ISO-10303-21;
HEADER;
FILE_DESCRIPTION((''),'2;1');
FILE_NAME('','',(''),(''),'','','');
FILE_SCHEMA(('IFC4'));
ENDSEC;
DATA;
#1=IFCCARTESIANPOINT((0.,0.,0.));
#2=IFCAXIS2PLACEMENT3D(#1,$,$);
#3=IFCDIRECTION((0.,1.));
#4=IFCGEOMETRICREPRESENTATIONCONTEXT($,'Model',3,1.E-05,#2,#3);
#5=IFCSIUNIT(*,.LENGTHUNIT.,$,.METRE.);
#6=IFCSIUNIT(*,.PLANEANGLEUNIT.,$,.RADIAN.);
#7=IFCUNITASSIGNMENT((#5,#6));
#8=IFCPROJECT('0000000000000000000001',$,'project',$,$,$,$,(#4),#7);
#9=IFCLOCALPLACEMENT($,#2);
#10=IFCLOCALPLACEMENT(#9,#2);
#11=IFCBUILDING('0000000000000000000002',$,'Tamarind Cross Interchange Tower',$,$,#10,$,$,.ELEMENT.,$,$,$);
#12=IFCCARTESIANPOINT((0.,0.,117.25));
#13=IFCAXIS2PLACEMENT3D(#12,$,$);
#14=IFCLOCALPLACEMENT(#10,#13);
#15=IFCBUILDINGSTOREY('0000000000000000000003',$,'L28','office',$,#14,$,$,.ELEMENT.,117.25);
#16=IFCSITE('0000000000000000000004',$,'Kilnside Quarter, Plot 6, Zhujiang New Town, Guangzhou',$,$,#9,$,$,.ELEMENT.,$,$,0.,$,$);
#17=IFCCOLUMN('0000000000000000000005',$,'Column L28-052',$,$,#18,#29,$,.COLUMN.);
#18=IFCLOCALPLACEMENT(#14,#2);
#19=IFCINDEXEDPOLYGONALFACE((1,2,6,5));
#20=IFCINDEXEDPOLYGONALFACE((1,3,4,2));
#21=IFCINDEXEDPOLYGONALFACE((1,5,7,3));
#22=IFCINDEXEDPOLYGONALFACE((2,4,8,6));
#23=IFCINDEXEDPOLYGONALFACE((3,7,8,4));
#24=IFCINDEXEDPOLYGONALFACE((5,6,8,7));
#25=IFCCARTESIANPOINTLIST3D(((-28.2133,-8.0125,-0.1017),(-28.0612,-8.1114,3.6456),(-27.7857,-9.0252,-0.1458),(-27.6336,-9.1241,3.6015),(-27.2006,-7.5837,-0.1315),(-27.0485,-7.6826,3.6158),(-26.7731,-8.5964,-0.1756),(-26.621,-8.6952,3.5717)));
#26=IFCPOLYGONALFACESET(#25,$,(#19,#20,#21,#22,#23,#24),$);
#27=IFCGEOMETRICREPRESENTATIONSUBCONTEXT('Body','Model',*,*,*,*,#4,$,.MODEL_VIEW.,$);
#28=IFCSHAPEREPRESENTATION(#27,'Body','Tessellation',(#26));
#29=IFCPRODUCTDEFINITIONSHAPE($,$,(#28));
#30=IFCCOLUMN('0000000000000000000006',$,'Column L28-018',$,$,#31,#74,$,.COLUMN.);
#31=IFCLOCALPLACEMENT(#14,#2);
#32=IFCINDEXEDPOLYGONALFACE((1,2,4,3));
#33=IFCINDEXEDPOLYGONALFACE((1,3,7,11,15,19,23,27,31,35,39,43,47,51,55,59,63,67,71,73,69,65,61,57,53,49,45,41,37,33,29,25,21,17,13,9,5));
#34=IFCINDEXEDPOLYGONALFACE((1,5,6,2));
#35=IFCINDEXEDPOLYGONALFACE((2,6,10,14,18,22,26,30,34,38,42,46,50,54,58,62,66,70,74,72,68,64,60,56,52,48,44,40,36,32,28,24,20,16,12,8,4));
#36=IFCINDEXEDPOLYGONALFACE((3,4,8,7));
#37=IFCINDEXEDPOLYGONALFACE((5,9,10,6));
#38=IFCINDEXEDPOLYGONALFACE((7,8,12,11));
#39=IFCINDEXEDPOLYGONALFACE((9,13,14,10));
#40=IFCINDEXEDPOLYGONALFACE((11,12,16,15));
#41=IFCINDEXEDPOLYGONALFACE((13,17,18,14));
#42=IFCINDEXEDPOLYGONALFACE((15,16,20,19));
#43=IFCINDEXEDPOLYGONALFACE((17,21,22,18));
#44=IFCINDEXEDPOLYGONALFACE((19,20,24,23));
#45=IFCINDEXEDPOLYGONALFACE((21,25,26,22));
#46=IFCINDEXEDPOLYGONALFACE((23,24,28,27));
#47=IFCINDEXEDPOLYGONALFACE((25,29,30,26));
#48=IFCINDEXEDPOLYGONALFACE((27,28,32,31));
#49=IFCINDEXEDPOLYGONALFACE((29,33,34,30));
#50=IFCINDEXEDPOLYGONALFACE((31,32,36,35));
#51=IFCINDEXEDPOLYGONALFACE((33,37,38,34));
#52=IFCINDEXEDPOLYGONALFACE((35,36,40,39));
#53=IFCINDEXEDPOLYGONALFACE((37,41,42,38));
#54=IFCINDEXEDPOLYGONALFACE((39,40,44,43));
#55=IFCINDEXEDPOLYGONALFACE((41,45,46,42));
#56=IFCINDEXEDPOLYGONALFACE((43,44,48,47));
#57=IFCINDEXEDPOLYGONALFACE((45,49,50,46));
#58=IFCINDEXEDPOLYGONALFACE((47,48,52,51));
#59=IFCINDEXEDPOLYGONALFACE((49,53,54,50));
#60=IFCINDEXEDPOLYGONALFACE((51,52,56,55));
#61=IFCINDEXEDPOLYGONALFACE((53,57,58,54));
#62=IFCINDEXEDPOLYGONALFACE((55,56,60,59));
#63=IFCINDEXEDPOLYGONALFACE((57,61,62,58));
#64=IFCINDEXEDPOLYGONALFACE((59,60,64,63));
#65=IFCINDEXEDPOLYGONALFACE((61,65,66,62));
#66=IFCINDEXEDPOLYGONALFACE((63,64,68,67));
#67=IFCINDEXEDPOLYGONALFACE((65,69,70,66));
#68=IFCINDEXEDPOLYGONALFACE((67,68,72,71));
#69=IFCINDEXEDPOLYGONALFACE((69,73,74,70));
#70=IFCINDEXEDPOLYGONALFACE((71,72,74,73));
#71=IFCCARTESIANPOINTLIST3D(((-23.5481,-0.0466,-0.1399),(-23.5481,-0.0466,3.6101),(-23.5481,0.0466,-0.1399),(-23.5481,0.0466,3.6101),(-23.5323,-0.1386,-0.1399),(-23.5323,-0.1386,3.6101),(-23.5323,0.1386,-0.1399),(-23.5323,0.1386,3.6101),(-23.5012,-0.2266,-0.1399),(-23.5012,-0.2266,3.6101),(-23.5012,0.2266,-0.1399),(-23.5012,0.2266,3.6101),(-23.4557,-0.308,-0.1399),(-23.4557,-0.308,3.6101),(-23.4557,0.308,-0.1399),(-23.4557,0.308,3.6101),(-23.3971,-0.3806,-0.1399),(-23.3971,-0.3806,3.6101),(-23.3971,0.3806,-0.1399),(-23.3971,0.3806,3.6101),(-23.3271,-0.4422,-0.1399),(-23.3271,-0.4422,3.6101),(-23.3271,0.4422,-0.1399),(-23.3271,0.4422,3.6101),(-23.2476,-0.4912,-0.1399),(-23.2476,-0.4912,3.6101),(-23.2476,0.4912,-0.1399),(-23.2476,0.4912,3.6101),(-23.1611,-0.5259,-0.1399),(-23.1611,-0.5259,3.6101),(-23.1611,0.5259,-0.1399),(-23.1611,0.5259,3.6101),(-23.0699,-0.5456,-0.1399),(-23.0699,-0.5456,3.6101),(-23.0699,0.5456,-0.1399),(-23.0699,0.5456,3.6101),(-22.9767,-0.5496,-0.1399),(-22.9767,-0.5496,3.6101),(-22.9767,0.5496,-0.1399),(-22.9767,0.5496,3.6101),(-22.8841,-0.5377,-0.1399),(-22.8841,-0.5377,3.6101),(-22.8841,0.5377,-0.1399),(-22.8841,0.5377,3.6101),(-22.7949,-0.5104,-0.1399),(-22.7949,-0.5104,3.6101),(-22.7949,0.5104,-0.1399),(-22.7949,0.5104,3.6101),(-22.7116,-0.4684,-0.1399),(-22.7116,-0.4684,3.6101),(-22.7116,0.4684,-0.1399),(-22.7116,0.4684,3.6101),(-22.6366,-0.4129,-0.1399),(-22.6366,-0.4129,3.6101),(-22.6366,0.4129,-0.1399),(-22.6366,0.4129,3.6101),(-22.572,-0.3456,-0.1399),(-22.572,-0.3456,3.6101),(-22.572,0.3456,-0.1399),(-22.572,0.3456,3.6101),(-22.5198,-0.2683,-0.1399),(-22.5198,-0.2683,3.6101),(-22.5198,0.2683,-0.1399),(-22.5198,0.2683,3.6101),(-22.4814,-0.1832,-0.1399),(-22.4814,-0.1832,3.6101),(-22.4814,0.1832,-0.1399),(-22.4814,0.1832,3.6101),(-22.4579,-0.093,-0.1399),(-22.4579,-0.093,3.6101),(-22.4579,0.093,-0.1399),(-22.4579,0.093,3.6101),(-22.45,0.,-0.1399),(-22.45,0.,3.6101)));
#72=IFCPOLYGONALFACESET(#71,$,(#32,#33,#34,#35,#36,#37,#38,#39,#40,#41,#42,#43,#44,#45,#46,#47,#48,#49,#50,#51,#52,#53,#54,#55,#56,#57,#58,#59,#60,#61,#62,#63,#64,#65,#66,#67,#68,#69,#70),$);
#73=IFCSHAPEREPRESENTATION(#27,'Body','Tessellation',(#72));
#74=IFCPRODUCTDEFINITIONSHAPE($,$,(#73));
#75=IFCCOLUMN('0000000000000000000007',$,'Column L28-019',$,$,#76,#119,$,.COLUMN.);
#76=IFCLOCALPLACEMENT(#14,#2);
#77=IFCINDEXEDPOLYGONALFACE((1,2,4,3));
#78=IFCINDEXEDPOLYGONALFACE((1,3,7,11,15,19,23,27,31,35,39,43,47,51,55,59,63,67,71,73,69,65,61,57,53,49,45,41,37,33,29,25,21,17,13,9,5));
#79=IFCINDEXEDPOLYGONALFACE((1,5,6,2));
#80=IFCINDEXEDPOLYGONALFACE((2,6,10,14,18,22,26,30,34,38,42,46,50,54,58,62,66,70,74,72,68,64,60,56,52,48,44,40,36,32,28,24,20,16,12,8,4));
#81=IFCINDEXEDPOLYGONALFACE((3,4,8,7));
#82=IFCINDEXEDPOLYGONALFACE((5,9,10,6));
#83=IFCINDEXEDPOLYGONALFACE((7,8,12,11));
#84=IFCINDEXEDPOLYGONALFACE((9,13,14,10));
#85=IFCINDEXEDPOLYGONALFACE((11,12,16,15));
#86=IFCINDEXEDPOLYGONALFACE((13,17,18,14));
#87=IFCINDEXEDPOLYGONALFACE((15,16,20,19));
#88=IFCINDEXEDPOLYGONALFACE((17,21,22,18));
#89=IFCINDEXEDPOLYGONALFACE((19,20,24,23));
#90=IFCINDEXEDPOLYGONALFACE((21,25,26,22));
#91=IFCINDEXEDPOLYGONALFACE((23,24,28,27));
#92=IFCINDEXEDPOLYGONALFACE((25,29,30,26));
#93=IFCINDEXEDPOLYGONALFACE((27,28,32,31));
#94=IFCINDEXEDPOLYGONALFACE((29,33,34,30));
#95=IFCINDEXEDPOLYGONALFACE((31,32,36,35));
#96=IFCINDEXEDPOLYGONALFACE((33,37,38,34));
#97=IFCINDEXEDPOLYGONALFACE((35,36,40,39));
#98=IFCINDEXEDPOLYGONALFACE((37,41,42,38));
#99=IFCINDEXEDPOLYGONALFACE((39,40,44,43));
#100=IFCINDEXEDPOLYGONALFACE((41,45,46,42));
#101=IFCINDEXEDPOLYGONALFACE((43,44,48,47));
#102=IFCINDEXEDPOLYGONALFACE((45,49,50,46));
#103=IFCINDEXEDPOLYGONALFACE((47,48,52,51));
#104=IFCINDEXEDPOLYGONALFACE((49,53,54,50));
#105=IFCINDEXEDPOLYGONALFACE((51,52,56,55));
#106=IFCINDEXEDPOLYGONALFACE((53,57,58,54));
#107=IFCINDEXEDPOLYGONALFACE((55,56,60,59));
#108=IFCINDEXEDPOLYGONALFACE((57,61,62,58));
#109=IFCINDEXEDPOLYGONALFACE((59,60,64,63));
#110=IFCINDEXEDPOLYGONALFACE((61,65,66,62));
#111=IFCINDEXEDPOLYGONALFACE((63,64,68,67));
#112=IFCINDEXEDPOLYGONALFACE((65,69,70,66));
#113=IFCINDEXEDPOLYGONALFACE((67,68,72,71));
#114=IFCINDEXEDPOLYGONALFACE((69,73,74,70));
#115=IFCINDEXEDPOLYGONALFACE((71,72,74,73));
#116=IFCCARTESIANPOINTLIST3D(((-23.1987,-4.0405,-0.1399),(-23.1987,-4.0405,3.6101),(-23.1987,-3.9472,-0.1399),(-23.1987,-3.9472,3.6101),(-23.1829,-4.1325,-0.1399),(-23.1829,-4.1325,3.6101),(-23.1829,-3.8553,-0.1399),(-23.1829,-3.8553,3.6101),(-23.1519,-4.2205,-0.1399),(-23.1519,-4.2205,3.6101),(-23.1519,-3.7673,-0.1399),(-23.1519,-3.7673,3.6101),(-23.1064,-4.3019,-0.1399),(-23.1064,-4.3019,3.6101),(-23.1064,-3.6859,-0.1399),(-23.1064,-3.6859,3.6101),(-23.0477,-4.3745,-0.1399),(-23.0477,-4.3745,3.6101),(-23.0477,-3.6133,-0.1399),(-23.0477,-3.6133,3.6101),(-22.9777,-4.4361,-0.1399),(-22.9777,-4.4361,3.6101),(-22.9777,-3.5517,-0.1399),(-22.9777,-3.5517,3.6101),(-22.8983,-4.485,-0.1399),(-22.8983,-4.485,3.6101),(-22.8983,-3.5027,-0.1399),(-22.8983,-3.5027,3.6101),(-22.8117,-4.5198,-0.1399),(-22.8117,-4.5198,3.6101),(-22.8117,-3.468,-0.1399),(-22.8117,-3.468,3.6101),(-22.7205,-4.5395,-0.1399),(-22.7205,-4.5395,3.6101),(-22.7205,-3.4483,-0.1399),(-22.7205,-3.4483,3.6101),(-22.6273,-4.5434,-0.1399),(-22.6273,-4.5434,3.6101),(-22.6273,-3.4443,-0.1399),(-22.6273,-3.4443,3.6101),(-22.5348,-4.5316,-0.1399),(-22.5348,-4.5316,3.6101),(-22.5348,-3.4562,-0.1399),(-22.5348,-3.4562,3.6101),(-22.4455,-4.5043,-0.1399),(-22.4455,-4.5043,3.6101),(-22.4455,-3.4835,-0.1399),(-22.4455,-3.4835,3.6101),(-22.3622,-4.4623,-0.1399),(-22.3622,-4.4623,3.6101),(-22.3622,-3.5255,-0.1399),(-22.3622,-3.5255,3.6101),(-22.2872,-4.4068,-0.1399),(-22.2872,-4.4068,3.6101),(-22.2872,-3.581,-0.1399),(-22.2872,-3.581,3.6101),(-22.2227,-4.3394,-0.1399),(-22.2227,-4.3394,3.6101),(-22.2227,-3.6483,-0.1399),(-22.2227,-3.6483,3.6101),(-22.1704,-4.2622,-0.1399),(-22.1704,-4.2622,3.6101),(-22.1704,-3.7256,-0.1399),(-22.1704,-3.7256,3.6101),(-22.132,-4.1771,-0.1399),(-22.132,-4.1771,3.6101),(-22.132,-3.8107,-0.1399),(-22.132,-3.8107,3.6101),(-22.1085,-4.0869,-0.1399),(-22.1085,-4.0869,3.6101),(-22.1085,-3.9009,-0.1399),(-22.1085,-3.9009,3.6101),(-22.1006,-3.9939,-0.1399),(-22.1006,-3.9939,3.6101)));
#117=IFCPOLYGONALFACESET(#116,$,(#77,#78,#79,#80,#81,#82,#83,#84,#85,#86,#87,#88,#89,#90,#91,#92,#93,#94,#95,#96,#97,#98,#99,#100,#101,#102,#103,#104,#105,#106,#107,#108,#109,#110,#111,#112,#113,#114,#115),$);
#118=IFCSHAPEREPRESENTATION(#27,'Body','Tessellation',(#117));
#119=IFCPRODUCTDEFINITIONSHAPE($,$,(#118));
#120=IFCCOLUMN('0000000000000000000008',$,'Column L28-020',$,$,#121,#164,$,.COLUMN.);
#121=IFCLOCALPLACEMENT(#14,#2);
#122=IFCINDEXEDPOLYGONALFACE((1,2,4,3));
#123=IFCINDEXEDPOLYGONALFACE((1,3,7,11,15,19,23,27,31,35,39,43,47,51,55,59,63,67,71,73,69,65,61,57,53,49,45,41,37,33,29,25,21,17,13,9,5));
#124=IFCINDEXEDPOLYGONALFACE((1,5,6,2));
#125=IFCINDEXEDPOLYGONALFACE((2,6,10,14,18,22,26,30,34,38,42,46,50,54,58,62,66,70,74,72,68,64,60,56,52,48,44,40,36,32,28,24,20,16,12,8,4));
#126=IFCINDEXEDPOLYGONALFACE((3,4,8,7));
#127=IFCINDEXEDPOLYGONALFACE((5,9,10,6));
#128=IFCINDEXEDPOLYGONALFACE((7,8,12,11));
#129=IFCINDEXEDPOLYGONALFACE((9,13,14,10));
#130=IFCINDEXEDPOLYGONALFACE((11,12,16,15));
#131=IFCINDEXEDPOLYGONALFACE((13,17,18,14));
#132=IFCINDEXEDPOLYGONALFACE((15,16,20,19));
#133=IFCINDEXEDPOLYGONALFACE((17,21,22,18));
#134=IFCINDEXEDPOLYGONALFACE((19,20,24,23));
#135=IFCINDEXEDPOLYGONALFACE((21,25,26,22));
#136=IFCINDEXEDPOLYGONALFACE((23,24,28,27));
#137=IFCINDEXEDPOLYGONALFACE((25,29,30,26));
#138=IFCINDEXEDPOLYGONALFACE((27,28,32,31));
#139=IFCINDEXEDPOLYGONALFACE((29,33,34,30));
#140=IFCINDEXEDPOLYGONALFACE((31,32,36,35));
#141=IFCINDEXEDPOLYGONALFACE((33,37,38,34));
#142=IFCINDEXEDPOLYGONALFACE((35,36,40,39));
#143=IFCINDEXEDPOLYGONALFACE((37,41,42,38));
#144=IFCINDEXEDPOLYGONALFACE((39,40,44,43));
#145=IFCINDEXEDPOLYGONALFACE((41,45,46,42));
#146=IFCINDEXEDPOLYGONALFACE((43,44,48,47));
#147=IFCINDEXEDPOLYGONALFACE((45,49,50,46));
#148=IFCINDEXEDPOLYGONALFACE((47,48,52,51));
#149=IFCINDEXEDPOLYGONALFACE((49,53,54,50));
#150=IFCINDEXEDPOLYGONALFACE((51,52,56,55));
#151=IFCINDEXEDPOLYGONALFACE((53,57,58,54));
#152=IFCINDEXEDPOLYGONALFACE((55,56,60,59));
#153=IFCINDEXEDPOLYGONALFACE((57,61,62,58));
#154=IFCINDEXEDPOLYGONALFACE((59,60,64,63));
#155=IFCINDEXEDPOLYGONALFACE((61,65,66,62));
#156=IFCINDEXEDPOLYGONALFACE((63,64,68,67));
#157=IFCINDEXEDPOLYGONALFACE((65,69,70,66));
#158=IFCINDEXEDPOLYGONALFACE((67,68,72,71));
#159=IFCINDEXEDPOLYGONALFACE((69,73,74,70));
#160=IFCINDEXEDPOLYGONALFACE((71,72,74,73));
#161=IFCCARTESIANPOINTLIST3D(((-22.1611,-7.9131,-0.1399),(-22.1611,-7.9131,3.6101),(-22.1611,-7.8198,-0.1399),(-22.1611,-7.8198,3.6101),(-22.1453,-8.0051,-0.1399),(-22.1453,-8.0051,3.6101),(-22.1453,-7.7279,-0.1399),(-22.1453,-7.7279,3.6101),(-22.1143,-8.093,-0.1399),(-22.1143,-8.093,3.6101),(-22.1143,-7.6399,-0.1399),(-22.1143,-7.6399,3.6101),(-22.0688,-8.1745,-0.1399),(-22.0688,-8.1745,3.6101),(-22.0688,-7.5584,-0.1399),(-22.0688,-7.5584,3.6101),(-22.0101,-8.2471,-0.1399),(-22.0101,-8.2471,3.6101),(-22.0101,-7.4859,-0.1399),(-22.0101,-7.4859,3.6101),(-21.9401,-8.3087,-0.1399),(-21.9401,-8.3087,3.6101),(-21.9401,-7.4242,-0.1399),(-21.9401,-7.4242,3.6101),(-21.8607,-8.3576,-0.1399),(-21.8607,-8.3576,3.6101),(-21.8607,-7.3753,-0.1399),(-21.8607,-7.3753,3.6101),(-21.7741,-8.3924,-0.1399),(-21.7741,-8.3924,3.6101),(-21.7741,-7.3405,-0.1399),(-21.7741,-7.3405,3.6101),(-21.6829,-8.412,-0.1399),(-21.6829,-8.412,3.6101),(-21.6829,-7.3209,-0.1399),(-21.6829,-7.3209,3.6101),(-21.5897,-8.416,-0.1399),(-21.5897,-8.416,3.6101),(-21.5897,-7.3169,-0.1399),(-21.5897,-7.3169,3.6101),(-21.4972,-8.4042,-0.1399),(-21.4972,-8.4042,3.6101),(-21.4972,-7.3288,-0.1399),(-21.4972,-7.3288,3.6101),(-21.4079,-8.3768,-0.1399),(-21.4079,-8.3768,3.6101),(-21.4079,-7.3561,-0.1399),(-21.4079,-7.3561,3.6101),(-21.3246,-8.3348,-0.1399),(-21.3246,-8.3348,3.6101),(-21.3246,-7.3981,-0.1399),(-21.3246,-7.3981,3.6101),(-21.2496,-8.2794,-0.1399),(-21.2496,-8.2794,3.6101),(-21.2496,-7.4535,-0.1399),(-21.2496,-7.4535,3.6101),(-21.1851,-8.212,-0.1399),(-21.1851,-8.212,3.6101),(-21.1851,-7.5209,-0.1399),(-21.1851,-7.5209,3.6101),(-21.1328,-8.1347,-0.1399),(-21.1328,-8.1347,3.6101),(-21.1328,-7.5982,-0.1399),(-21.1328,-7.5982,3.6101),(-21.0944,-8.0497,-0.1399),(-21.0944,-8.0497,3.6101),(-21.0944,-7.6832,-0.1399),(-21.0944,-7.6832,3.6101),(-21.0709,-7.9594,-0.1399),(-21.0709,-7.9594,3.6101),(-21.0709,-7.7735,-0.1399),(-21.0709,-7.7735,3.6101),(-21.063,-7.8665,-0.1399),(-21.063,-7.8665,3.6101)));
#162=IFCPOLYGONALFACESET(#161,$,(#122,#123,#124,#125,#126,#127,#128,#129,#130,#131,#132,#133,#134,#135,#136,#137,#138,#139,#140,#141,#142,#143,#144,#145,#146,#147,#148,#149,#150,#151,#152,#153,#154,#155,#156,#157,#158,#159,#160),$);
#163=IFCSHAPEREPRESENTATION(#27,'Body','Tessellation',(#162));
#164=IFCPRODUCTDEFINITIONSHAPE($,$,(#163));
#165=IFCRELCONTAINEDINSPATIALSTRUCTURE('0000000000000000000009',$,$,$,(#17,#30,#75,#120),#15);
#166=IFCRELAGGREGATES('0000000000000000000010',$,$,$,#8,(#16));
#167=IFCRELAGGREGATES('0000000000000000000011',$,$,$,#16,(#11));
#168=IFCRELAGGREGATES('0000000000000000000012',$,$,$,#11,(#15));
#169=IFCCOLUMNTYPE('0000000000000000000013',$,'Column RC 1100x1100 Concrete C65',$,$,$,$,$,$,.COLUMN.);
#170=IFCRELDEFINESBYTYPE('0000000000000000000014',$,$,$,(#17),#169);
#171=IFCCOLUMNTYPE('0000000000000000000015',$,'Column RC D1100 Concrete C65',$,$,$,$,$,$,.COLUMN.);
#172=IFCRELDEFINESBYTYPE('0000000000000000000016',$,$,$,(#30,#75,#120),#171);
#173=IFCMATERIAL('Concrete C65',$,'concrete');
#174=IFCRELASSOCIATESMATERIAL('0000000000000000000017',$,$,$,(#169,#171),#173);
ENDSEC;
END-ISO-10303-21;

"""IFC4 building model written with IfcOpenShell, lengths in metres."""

from ifc_helpers import new_model, si_unit, direction, frame, origin, origin_2d, place, context, subcontext, project, spatial, rectangle, circle, extrude, material, material_profile, profile_set, type_object, element, save


model = new_model("IFC4")

# Units and contexts
model_context = context("Model", 3, precision=1e-05, world=origin(), true_north=direction((0.0, 1.0)))
body_context = subcontext(model_context, "Body", "Model", "MODEL_VIEW")
ifc_project = project(units=[si_unit("LENGTHUNIT", "METRE"), si_unit("PLANEANGLEUNIT", "RADIAN")], contexts=[model_context])

# Site, building, storey
site_placement = place(None, origin())
site = spatial("IfcSite", under=ifc_project, at=site_placement, Name="Kilnside Quarter, Plot 6, Zhujiang New Town, Guangzhou", CompositionType="ELEMENT", RefElevation=0.0)
building_placement = place(site_placement, origin())
building = spatial("IfcBuilding", under=site, at=building_placement, Name="Tamarind Cross Interchange Tower", CompositionType="ELEMENT")
storey_placement = place(building_placement, frame((0.0, 0.0, 117.25)))
storey = spatial("IfcBuildingStorey", under=building, at=storey_placement, Name="L28", Description="office", CompositionType="ELEMENT", Elevation=117.25)

# Columns
ifc_material_1 = material(Name="Concrete C65", Category="concrete")
ifc_material_profile_1 = material_profile(ifc_material_1, rectangle(XDim=1.1001, YDim=1.1001, at=origin_2d()), Name="RC 1100x1100")
ifc_profile_set_1 = profile_set([ifc_material_profile_1], Name="Concrete C65")
column_type_1 = type_object("IfcColumnType", Name="Column RC 1100x1100 Concrete C65", PredefinedType="COLUMN", material=ifc_profile_set_1)
column_placement = place(storey_placement, frame((-27.4932, -8.3044, -0.1387), z_axis=(0.040541, -0.026355, 0.99883), x_axis=(-0.388633, 0.920521, 0.040063)))
element("IfcColumn", 1, at=column_placement, inside=storey, type_object=column_type_1, Name="Column L28-052", PredefinedType="COLUMN", context=body_context, shape_type="SweptSolid", body=[
    extrude(rectangle(XDim=1.1001, YDim=1.1001, at=origin_2d()), origin(), (0.0, 0.0, 1.0), 3.7517),
])
ifc_material_profile_2 = material_profile(ifc_material_1, circle(Radius=0.55, at=origin_2d()), Name="RC D1100")
ifc_profile_set_2 = profile_set([ifc_material_profile_2], Name="Concrete C65")
column_type_2 = type_object("IfcColumnType", Name="Column RC D1100 Concrete C65", PredefinedType="COLUMN", material=ifc_profile_set_2)
for number, where, z_axis, x_axis, name in (
    (2, (-23.0, 0.0, -0.1399), (0.0, 0.0, 1.0), (1.0, 0.0, 0.0), "Column L28-018"),
    (3, (-22.6506, -3.9939, -0.1399), (0.0, 0.0, 1.0), (1.0, 0.0, 0.0), "Column L28-019"),
    (4, (-21.613, -7.8665, -0.1399), (0.0, 0.0, 1.0), (1.0, 0.0, 0.0), "Column L28-020"),
):
    element("IfcColumn", number, at=place(storey_placement, frame(where, z_axis=z_axis, x_axis=x_axis)), inside=storey, type_object=column_type_2, Name=name, PredefinedType="COLUMN", context=body_context, shape_type="SweptSolid", body=[
        extrude(circle(Radius=0.55, at=origin_2d()), origin(), (0.0, 0.0, 1.0), 3.75),
    ])

save(model, "model.ifc")
